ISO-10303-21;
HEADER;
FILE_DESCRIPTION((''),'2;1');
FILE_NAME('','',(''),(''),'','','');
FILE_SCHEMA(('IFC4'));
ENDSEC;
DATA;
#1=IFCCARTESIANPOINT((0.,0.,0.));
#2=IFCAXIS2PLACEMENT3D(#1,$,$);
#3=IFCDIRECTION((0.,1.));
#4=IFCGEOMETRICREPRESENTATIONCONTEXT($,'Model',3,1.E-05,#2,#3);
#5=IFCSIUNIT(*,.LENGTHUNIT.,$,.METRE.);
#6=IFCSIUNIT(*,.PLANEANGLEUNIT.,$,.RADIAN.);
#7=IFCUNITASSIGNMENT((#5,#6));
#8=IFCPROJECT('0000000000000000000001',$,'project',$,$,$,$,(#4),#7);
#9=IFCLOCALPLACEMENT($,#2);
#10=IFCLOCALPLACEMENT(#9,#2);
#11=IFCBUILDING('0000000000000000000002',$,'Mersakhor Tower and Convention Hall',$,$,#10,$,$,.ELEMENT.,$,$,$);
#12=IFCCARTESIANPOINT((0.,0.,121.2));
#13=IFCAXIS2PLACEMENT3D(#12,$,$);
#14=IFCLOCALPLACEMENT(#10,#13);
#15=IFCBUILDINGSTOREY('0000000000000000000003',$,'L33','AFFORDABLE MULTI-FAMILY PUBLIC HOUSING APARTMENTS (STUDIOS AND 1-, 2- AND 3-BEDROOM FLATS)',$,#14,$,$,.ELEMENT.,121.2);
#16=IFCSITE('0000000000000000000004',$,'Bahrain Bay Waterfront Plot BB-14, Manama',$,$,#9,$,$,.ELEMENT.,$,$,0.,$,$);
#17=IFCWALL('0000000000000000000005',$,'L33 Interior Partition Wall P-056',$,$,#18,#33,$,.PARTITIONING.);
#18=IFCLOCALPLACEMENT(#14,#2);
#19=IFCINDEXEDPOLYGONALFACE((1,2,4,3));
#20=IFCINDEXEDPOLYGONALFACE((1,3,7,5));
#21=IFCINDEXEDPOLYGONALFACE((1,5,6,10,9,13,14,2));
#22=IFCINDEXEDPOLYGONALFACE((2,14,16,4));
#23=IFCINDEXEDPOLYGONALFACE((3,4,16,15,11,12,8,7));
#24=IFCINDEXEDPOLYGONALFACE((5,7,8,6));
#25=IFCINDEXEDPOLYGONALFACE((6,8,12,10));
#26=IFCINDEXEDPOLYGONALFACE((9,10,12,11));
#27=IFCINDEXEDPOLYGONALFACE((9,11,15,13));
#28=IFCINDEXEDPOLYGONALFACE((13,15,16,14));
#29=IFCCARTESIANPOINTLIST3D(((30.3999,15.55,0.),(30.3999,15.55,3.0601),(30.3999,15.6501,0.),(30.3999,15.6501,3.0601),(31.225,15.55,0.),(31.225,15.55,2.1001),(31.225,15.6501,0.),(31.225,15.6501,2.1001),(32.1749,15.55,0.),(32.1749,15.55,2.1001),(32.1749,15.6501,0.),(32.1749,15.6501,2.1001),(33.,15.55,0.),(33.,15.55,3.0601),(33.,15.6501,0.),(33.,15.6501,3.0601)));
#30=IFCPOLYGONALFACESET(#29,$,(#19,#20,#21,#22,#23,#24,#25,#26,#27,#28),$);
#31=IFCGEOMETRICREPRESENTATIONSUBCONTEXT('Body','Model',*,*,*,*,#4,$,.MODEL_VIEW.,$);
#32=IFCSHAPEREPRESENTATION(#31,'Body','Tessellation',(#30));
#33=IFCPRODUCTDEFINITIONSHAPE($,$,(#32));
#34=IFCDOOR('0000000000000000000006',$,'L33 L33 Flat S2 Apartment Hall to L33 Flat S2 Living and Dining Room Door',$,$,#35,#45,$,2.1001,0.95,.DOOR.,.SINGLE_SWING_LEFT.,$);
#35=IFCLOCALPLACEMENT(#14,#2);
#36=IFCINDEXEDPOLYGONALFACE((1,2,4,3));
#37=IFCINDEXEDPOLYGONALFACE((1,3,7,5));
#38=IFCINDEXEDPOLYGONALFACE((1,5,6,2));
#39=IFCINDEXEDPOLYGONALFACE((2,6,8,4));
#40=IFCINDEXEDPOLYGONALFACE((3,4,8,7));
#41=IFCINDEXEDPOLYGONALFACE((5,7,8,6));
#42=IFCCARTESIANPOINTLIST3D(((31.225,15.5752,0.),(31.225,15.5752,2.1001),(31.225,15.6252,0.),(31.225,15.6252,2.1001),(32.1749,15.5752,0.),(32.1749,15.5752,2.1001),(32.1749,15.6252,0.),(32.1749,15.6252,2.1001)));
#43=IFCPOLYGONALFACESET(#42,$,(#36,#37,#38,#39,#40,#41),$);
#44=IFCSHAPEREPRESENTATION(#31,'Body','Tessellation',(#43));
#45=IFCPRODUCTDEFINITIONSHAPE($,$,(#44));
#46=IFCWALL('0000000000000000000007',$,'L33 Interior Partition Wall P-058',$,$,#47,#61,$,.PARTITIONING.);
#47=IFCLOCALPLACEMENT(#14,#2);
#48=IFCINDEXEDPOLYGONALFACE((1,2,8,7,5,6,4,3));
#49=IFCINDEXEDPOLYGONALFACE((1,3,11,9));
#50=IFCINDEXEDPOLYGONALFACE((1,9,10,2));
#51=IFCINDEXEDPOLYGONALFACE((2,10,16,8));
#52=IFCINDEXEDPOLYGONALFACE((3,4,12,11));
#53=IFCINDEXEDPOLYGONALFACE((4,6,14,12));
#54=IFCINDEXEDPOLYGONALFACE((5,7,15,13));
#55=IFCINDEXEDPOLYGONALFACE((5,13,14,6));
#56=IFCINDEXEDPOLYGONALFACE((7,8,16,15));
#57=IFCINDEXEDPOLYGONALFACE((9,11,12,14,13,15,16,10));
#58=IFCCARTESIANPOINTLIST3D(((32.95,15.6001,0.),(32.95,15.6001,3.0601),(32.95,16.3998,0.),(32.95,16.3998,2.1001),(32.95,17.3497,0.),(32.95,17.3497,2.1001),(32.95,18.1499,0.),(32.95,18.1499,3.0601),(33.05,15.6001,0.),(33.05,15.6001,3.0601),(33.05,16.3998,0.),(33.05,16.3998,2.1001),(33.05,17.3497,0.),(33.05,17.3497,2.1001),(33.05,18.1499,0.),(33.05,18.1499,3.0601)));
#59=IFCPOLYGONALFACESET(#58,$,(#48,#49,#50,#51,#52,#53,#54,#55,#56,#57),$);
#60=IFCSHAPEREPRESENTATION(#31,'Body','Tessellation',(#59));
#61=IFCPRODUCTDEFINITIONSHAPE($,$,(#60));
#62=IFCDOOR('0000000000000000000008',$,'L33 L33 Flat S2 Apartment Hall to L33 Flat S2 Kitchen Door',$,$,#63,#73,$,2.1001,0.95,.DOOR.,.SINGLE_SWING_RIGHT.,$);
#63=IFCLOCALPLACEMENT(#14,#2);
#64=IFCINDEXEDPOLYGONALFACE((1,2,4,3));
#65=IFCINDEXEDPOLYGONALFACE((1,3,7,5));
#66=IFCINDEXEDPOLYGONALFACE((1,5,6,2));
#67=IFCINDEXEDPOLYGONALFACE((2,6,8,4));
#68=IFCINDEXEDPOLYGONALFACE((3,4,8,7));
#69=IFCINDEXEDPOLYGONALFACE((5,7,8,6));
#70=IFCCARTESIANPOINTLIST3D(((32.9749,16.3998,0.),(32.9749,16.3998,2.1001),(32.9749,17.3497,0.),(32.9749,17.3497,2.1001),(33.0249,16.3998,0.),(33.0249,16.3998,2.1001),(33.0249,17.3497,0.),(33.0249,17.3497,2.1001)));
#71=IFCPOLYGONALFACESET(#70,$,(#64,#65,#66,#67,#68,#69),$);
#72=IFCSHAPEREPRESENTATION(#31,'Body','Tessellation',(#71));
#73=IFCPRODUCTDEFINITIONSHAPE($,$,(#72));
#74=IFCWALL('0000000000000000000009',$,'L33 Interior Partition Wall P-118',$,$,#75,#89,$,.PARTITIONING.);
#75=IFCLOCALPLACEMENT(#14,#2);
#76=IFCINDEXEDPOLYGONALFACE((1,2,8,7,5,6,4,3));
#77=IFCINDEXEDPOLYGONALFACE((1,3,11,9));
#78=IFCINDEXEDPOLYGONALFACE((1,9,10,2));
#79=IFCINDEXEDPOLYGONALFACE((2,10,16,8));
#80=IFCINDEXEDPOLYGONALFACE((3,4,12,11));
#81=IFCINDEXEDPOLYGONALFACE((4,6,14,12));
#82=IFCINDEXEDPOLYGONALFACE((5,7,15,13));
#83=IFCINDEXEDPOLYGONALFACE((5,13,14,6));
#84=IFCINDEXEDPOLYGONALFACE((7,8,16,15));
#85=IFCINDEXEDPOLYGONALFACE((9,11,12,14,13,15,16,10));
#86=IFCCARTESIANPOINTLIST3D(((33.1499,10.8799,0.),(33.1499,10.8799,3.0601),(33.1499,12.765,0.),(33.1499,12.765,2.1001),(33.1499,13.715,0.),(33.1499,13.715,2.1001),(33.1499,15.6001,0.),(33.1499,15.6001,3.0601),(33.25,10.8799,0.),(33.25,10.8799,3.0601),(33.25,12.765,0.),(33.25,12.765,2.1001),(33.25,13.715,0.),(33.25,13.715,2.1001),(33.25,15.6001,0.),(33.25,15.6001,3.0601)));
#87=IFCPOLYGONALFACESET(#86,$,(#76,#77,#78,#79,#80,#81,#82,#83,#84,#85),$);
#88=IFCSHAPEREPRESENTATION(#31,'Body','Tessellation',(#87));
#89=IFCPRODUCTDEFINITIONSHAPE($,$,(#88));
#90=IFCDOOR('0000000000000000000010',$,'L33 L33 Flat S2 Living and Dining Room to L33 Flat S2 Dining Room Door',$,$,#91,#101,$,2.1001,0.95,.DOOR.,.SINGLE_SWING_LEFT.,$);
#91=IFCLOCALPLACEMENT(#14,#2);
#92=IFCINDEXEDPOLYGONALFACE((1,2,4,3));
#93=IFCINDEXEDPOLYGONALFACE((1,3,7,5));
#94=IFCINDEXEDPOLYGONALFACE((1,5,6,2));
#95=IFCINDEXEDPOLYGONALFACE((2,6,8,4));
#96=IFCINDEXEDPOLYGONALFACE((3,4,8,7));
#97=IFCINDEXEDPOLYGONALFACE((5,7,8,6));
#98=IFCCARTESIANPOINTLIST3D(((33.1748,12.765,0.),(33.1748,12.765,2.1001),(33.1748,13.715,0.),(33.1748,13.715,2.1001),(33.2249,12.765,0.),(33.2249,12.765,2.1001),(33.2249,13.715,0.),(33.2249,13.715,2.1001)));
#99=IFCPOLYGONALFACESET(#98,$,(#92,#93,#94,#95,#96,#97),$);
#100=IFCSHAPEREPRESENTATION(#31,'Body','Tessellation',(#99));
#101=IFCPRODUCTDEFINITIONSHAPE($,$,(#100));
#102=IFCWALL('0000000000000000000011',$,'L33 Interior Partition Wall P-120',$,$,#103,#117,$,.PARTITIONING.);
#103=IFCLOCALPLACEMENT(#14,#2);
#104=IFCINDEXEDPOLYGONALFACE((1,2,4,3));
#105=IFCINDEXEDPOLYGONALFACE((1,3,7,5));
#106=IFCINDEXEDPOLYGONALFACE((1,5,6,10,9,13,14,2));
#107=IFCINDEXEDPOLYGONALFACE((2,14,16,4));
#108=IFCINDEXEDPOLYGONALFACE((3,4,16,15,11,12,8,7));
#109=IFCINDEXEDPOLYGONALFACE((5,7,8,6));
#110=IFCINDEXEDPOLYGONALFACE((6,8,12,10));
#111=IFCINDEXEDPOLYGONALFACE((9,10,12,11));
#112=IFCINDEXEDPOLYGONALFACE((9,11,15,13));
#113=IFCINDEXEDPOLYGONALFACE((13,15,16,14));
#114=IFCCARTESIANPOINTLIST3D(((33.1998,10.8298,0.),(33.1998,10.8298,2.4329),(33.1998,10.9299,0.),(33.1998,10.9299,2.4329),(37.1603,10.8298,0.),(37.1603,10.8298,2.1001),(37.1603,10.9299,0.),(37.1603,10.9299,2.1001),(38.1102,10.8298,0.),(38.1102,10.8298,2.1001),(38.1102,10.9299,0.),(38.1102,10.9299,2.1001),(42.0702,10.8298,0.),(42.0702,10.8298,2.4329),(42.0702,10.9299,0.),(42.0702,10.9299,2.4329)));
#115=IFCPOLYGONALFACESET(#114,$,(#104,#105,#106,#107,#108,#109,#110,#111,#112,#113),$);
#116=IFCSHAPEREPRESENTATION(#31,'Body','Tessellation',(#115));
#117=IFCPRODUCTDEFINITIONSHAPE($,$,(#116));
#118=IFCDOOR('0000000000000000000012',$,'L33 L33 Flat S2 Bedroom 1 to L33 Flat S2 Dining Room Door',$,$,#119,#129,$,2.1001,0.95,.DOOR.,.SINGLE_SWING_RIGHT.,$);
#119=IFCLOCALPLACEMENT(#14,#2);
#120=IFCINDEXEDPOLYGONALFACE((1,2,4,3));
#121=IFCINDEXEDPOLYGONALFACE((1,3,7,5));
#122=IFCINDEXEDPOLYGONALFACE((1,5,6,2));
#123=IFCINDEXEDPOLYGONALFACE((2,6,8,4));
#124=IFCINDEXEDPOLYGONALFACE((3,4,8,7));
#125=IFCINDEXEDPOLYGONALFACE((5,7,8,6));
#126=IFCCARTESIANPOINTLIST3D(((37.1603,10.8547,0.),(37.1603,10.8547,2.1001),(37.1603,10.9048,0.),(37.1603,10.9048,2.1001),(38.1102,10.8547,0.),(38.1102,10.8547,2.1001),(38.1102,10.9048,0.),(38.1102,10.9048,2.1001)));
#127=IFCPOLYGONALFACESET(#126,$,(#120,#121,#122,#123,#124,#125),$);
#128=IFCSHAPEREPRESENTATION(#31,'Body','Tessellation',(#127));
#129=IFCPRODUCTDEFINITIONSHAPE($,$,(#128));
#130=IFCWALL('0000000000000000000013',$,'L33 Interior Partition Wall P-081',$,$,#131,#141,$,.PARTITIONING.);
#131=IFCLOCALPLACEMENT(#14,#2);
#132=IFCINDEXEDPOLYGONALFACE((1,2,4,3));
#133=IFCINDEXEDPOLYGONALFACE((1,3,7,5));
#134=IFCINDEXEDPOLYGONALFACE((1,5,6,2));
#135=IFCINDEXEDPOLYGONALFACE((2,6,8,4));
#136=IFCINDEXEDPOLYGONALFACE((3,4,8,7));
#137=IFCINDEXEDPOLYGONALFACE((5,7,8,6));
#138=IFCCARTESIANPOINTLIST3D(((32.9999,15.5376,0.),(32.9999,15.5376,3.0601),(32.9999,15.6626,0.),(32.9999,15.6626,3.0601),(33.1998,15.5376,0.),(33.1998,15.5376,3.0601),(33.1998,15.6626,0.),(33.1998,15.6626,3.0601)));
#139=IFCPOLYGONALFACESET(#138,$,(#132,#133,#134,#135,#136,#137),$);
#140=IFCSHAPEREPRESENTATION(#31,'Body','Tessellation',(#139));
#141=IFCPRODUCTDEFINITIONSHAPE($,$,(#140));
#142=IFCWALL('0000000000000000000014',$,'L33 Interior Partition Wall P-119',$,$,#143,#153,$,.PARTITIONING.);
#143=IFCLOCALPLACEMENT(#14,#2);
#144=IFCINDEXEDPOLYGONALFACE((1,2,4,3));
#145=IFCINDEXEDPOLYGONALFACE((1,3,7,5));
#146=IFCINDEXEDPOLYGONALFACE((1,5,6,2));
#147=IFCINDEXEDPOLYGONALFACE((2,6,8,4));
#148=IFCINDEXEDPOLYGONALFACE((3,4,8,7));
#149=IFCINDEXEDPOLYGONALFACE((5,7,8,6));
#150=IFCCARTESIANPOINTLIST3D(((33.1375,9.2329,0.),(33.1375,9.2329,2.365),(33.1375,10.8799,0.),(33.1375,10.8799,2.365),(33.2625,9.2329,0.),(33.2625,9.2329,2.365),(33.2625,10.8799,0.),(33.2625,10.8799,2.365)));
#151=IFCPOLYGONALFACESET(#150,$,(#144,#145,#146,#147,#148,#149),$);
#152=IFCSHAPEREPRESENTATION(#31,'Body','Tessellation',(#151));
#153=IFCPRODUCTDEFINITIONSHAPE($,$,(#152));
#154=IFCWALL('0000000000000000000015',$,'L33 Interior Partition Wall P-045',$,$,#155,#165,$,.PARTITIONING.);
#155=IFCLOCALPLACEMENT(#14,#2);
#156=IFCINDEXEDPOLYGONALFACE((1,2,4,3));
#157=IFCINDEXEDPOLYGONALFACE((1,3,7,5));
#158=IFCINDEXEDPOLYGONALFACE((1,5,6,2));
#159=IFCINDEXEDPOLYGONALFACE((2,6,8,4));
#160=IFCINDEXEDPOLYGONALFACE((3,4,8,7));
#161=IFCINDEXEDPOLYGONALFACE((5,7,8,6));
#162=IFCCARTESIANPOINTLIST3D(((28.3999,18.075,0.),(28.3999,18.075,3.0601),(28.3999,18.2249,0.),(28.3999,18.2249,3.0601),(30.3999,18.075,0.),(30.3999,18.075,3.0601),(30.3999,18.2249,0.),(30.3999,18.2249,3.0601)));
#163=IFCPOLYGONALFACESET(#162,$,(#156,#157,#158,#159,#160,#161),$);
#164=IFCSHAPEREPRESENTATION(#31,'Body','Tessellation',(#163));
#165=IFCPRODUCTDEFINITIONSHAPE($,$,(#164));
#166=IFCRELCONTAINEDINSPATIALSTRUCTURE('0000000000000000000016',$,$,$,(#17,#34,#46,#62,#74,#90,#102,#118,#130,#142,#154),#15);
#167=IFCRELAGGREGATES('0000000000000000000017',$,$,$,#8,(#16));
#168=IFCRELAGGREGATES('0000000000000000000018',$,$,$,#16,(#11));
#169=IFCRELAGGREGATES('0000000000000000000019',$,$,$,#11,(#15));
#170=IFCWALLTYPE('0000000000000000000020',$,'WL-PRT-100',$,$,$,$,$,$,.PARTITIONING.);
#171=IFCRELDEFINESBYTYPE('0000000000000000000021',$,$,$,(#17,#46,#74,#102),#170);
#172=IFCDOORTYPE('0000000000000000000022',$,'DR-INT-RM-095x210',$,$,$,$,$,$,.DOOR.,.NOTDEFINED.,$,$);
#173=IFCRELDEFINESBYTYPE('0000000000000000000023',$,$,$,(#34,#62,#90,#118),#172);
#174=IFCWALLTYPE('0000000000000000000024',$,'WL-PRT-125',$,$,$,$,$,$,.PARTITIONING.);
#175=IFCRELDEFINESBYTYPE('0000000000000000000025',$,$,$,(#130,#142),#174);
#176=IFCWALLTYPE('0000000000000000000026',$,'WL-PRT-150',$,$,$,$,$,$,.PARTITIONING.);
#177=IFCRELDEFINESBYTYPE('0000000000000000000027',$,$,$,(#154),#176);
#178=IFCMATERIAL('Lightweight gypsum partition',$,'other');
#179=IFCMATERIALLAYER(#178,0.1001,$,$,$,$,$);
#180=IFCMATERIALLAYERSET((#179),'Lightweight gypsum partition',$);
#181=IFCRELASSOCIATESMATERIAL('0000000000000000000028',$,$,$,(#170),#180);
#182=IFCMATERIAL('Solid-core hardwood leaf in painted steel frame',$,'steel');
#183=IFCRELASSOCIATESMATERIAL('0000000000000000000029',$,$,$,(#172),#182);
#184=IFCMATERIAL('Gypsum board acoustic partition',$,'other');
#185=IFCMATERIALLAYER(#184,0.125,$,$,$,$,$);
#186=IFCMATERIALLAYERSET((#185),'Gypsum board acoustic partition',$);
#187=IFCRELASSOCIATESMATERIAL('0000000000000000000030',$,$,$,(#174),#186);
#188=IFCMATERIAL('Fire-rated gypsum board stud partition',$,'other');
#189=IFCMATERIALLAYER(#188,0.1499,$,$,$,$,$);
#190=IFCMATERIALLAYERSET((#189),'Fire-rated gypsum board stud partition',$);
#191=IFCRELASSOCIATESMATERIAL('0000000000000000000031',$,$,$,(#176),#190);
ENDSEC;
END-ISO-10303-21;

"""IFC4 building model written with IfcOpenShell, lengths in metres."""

from ifc_helpers import new_model, si_unit, direction, frame, frame_2d, origin, place, context, subcontext, project, spatial, rectangle, extrude, material, layer, layer_set, type_object, element, fill, save


model = new_model("IFC4")

# Units and contexts
model_context = context("Model", 3, precision=1e-05, world=origin(), true_north=direction((0.0, 1.0)))
body_context = subcontext(model_context, "Body", "Model", "MODEL_VIEW")
ifc_project = project(units=[si_unit("LENGTHUNIT", "METRE"), si_unit("PLANEANGLEUNIT", "RADIAN")], contexts=[model_context])

# Site, building, storey
site_placement = place(None, origin())
site = spatial("IfcSite", under=ifc_project, at=site_placement, Name="Bahrain Bay Waterfront Plot BB-14, Manama", CompositionType="ELEMENT", RefElevation=0.0)
building_placement = place(site_placement, origin())
building = spatial("IfcBuilding", under=site, at=building_placement, Name="Mersakhor Tower and Convention Hall", CompositionType="ELEMENT")
storey_placement = place(building_placement, frame((0.0, 0.0, 121.2)))
storey = spatial("IfcBuildingStorey", under=building, at=storey_placement, Name="L33", Description="AFFORDABLE MULTI-FAMILY PUBLIC HOUSING APARTMENTS (STUDIOS AND 1-, 2- AND 3-BEDROOM FLATS)", CompositionType="ELEMENT", Elevation=121.2)

# Walls, openings, doors
ifc_material_1 = material(Name="Lightweight gypsum partition", Category="other")
ifc_layer_1 = layer(ifc_material_1, 0.1001)
ifc_layer_set_1 = layer_set([ifc_layer_1], Name="Lightweight gypsum partition")
wall_type_1 = type_object("IfcWallType", Name="WL-PRT-100", PredefinedType="PARTITIONING", material=ifc_layer_set_1)
wall_1_placement = place(storey_placement, frame((33.0, 15.6001, 0.0), z_axis=(0.0, 0.0, 1.0), x_axis=(-1.0, 0.0, 0.0)))
wall_1 = element("IfcWall", 1, at=wall_1_placement, inside=storey, type_object=wall_type_1, Name="L33 Interior Partition Wall P-056", PredefinedType="PARTITIONING", context=body_context, shape_type="SweptSolid", body=[
    extrude(rectangle(XDim=2.6001, YDim=0.1001, at=frame_2d((1.3, 0.0))), origin(), (0.0, 0.0, 1.0), 3.0601),
])
opening_1_placement = place(wall_1_placement, frame((0.825, 0.0, 0.0)))
opening_1 = element("IfcOpeningElement", 2, at=opening_1_placement, cuts=wall_1, PredefinedType="OPENING", context=body_context, shape_type="SweptSolid", body=[
    extrude(rectangle(XDim=0.95, YDim=2.1001, at=frame_2d((0.4751, 1.05))), frame((0.0, 0.0601, 0.0), z_axis=(0.0, -1.0, 0.0), x_axis=(1.0, 0.0, 0.0)), (0.0, 0.0, 1.0), 0.1201),
])
ifc_material_2 = material(Name="Solid-core hardwood leaf in painted steel frame", Category="steel")
door_type_1 = type_object("IfcDoorType", Name="DR-INT-RM-095x210", OperationType="NOTDEFINED", PredefinedType="DOOR", material=ifc_material_2)
door_1_placement = place(opening_1_placement, origin())
door_1 = element("IfcDoor", 3, at=door_1_placement, inside=storey, type_object=door_type_1, Name="L33 L33 Flat S2 Apartment Hall to L33 Flat S2 Living and Dining Room Door", OperationType="SINGLE_SWING_LEFT", OverallHeight=2.1001, OverallWidth=0.95, PredefinedType="DOOR", context=body_context, shape_type="SweptSolid", body=[
    extrude(rectangle(XDim=0.95, YDim=2.1001, at=frame_2d((0.4751, 1.05))), frame((0.0, 0.0249, 0.0), z_axis=(0.0, -1.0, 0.0), x_axis=(1.0, 0.0, 0.0)), (0.0, 0.0, 1.0), 0.05),
])
fill(opening_1, door_1)
wall_2_placement = place(storey_placement, frame((33.0, 18.1499, 0.0), z_axis=(0.0, 0.0, 1.0), x_axis=(0.0, -1.0, 0.0)))
wall_2 = element("IfcWall", 4, at=wall_2_placement, inside=storey, type_object=wall_type_1, Name="L33 Interior Partition Wall P-058", PredefinedType="PARTITIONING", context=body_context, shape_type="SweptSolid", body=[
    extrude(rectangle(XDim=2.5498, YDim=0.1001, at=frame_2d((1.2749, 0.0))), origin(), (0.0, 0.0, 1.0), 3.0601),
])
opening_2_placement = place(wall_2_placement, frame((0.8, 0.0, 0.0)))
opening_2 = element("IfcOpeningElement", 5, at=opening_2_placement, cuts=wall_2, PredefinedType="OPENING", context=body_context, shape_type="SweptSolid", body=[
    extrude(rectangle(XDim=0.95, YDim=2.1001, at=frame_2d((0.4751, 1.05))), frame((0.0, 0.0601, 0.0), z_axis=(0.0, -1.0, 0.0), x_axis=(1.0, 0.0, 0.0)), (0.0, 0.0, 1.0), 0.1201),
])
door_2_placement = place(opening_2_placement, origin())
door_2 = element("IfcDoor", 6, at=door_2_placement, inside=storey, type_object=door_type_1, Name="L33 L33 Flat S2 Apartment Hall to L33 Flat S2 Kitchen Door", OperationType="SINGLE_SWING_RIGHT", OverallHeight=2.1001, OverallWidth=0.95, PredefinedType="DOOR", context=body_context, shape_type="SweptSolid", body=[
    extrude(rectangle(XDim=0.95, YDim=2.1001, at=frame_2d((0.4751, 1.05))), frame((0.0, 0.0249, 0.0), z_axis=(0.0, -1.0, 0.0), x_axis=(1.0, 0.0, 0.0)), (0.0, 0.0, 1.0), 0.05),
])
fill(opening_2, door_2)
wall_3_placement = place(storey_placement, frame((33.2, 15.6001, 0.0), z_axis=(0.0, 0.0, 1.0), x_axis=(0.0, -1.0, 0.0)))
wall_3 = element("IfcWall", 7, at=wall_3_placement, inside=storey, type_object=wall_type_1, Name="L33 Interior Partition Wall P-118", PredefinedType="PARTITIONING", context=body_context, shape_type="SweptSolid", body=[
    extrude(rectangle(XDim=4.7202, YDim=0.1001, at=frame_2d((2.3601, 0.0))), origin(), (0.0, 0.0, 1.0), 3.0601),
])
opening_3_placement = place(wall_3_placement, frame((1.885, 0.0, 0.0)))
opening_3 = element("IfcOpeningElement", 8, at=opening_3_placement, cuts=wall_3, PredefinedType="OPENING", context=body_context, shape_type="SweptSolid", body=[
    extrude(rectangle(XDim=0.95, YDim=2.1001, at=frame_2d((0.4751, 1.05))), frame((0.0, 0.0601, 0.0), z_axis=(0.0, -1.0, 0.0), x_axis=(1.0, 0.0, 0.0)), (0.0, 0.0, 1.0), 0.1201),
])
door_3_placement = place(opening_3_placement, origin())
door_3 = element("IfcDoor", 9, at=door_3_placement, inside=storey, type_object=door_type_1, Name="L33 L33 Flat S2 Living and Dining Room to L33 Flat S2 Dining Room Door", OperationType="SINGLE_SWING_LEFT", OverallHeight=2.1001, OverallWidth=0.95, PredefinedType="DOOR", context=body_context, shape_type="SweptSolid", body=[
    extrude(rectangle(XDim=0.95, YDim=2.1001, at=frame_2d((0.4751, 1.05))), frame((0.0, 0.0249, 0.0), z_axis=(0.0, -1.0, 0.0), x_axis=(1.0, 0.0, 0.0)), (0.0, 0.0, 1.0), 0.05),
])
fill(opening_3, door_3)
wall_4_placement = place(storey_placement, frame((33.2, 10.8799, 0.0), z_axis=(0.0, 0.0, 1.0), x_axis=(1.0, 0.0, 0.0)))
wall_4 = element("IfcWall", 10, at=wall_4_placement, inside=storey, type_object=wall_type_1, Name="L33 Interior Partition Wall P-120", PredefinedType="PARTITIONING", context=body_context, shape_type="SweptSolid", body=[
    extrude(rectangle(XDim=8.8704, YDim=0.1001, at=frame_2d((4.4351, 0.0))), origin(), (0.0, 0.0, 1.0), 2.4329),
])
opening_4_placement = place(wall_4_placement, frame((3.9602, 0.0, 0.0)))
opening_4 = element("IfcOpeningElement", 11, at=opening_4_placement, cuts=wall_4, PredefinedType="OPENING", context=body_context, shape_type="SweptSolid", body=[
    extrude(rectangle(XDim=0.95, YDim=2.1001, at=frame_2d((0.4751, 1.05))), frame((0.0, 0.0601, 0.0), z_axis=(0.0, -1.0, 0.0), x_axis=(1.0, 0.0, 0.0)), (0.0, 0.0, 1.0), 0.1201),
])
door_4_placement = place(opening_4_placement, origin())
door_4 = element("IfcDoor", 12, at=door_4_placement, inside=storey, type_object=door_type_1, Name="L33 L33 Flat S2 Bedroom 1 to L33 Flat S2 Dining Room Door", OperationType="SINGLE_SWING_RIGHT", OverallHeight=2.1001, OverallWidth=0.95, PredefinedType="DOOR", context=body_context, shape_type="SweptSolid", body=[
    extrude(rectangle(XDim=0.95, YDim=2.1001, at=frame_2d((0.4751, 1.05))), frame((0.0, 0.0249, 0.0), z_axis=(0.0, -1.0, 0.0), x_axis=(1.0, 0.0, 0.0)), (0.0, 0.0, 1.0), 0.05),
])
fill(opening_4, door_4)

# Walls
ifc_material_3 = material(Name="Gypsum board acoustic partition", Category="other")
ifc_layer_2 = layer(ifc_material_3, 0.125)
ifc_layer_set_2 = layer_set([ifc_layer_2], Name="Gypsum board acoustic partition")
wall_type_2 = type_object("IfcWallType", Name="WL-PRT-125", PredefinedType="PARTITIONING", material=ifc_layer_set_2)
wall_5_placement = place(storey_placement, frame((33.2, 15.6001, 0.0), z_axis=(0.0, 0.0, 1.0), x_axis=(-1.0, 0.0, 0.0)))
element("IfcWall", 13, at=wall_5_placement, inside=storey, type_object=wall_type_2, Name="L33 Interior Partition Wall P-081", PredefinedType="PARTITIONING", context=body_context, shape_type="SweptSolid", body=[
    extrude(rectangle(XDim=0.2, YDim=0.125, at=frame_2d((0.1001, 0.0))), origin(), (0.0, 0.0, 1.0), 3.0601),
])
wall_6_placement = place(storey_placement, frame((33.2, 10.8799, 0.0), z_axis=(0.0, 0.0, 1.0), x_axis=(0.0, -1.0, 0.0)))
element("IfcWall", 14, at=wall_6_placement, inside=storey, type_object=wall_type_2, Name="L33 Interior Partition Wall P-119", PredefinedType="PARTITIONING", context=body_context, shape_type="SweptSolid", body=[
    extrude(rectangle(XDim=1.647, YDim=0.125, at=frame_2d((0.8235, 0.0))), origin(), (0.0, 0.0, 1.0), 2.365),
])

# Shared definitions
ifc_material_4 = material(Name="Fire-rated gypsum board stud partition", Category="other")
ifc_layer_3 = layer(ifc_material_4, 0.1499)
ifc_layer_set_3 = layer_set([ifc_layer_3], Name="Fire-rated gypsum board stud partition")
wall_type_3 = type_object("IfcWallType", Name="WL-PRT-150", PredefinedType="PARTITIONING", material=ifc_layer_set_3)

# Wall
wall_7_placement = place(storey_placement, frame((30.3999, 18.1499, 0.0), z_axis=(0.0, 0.0, 1.0), x_axis=(-1.0, 0.0, 0.0)))
element("IfcWall", 15, at=wall_7_placement, inside=storey, type_object=wall_type_3, Name="L33 Interior Partition Wall P-045", PredefinedType="PARTITIONING", context=body_context, shape_type="SweptSolid", body=[
    extrude(rectangle(XDim=2.0, YDim=0.1499, at=frame_2d((1.0, 0.0))), origin(), (0.0, 0.0, 1.0), 3.0601),
])

save(model, "model.ifc")
